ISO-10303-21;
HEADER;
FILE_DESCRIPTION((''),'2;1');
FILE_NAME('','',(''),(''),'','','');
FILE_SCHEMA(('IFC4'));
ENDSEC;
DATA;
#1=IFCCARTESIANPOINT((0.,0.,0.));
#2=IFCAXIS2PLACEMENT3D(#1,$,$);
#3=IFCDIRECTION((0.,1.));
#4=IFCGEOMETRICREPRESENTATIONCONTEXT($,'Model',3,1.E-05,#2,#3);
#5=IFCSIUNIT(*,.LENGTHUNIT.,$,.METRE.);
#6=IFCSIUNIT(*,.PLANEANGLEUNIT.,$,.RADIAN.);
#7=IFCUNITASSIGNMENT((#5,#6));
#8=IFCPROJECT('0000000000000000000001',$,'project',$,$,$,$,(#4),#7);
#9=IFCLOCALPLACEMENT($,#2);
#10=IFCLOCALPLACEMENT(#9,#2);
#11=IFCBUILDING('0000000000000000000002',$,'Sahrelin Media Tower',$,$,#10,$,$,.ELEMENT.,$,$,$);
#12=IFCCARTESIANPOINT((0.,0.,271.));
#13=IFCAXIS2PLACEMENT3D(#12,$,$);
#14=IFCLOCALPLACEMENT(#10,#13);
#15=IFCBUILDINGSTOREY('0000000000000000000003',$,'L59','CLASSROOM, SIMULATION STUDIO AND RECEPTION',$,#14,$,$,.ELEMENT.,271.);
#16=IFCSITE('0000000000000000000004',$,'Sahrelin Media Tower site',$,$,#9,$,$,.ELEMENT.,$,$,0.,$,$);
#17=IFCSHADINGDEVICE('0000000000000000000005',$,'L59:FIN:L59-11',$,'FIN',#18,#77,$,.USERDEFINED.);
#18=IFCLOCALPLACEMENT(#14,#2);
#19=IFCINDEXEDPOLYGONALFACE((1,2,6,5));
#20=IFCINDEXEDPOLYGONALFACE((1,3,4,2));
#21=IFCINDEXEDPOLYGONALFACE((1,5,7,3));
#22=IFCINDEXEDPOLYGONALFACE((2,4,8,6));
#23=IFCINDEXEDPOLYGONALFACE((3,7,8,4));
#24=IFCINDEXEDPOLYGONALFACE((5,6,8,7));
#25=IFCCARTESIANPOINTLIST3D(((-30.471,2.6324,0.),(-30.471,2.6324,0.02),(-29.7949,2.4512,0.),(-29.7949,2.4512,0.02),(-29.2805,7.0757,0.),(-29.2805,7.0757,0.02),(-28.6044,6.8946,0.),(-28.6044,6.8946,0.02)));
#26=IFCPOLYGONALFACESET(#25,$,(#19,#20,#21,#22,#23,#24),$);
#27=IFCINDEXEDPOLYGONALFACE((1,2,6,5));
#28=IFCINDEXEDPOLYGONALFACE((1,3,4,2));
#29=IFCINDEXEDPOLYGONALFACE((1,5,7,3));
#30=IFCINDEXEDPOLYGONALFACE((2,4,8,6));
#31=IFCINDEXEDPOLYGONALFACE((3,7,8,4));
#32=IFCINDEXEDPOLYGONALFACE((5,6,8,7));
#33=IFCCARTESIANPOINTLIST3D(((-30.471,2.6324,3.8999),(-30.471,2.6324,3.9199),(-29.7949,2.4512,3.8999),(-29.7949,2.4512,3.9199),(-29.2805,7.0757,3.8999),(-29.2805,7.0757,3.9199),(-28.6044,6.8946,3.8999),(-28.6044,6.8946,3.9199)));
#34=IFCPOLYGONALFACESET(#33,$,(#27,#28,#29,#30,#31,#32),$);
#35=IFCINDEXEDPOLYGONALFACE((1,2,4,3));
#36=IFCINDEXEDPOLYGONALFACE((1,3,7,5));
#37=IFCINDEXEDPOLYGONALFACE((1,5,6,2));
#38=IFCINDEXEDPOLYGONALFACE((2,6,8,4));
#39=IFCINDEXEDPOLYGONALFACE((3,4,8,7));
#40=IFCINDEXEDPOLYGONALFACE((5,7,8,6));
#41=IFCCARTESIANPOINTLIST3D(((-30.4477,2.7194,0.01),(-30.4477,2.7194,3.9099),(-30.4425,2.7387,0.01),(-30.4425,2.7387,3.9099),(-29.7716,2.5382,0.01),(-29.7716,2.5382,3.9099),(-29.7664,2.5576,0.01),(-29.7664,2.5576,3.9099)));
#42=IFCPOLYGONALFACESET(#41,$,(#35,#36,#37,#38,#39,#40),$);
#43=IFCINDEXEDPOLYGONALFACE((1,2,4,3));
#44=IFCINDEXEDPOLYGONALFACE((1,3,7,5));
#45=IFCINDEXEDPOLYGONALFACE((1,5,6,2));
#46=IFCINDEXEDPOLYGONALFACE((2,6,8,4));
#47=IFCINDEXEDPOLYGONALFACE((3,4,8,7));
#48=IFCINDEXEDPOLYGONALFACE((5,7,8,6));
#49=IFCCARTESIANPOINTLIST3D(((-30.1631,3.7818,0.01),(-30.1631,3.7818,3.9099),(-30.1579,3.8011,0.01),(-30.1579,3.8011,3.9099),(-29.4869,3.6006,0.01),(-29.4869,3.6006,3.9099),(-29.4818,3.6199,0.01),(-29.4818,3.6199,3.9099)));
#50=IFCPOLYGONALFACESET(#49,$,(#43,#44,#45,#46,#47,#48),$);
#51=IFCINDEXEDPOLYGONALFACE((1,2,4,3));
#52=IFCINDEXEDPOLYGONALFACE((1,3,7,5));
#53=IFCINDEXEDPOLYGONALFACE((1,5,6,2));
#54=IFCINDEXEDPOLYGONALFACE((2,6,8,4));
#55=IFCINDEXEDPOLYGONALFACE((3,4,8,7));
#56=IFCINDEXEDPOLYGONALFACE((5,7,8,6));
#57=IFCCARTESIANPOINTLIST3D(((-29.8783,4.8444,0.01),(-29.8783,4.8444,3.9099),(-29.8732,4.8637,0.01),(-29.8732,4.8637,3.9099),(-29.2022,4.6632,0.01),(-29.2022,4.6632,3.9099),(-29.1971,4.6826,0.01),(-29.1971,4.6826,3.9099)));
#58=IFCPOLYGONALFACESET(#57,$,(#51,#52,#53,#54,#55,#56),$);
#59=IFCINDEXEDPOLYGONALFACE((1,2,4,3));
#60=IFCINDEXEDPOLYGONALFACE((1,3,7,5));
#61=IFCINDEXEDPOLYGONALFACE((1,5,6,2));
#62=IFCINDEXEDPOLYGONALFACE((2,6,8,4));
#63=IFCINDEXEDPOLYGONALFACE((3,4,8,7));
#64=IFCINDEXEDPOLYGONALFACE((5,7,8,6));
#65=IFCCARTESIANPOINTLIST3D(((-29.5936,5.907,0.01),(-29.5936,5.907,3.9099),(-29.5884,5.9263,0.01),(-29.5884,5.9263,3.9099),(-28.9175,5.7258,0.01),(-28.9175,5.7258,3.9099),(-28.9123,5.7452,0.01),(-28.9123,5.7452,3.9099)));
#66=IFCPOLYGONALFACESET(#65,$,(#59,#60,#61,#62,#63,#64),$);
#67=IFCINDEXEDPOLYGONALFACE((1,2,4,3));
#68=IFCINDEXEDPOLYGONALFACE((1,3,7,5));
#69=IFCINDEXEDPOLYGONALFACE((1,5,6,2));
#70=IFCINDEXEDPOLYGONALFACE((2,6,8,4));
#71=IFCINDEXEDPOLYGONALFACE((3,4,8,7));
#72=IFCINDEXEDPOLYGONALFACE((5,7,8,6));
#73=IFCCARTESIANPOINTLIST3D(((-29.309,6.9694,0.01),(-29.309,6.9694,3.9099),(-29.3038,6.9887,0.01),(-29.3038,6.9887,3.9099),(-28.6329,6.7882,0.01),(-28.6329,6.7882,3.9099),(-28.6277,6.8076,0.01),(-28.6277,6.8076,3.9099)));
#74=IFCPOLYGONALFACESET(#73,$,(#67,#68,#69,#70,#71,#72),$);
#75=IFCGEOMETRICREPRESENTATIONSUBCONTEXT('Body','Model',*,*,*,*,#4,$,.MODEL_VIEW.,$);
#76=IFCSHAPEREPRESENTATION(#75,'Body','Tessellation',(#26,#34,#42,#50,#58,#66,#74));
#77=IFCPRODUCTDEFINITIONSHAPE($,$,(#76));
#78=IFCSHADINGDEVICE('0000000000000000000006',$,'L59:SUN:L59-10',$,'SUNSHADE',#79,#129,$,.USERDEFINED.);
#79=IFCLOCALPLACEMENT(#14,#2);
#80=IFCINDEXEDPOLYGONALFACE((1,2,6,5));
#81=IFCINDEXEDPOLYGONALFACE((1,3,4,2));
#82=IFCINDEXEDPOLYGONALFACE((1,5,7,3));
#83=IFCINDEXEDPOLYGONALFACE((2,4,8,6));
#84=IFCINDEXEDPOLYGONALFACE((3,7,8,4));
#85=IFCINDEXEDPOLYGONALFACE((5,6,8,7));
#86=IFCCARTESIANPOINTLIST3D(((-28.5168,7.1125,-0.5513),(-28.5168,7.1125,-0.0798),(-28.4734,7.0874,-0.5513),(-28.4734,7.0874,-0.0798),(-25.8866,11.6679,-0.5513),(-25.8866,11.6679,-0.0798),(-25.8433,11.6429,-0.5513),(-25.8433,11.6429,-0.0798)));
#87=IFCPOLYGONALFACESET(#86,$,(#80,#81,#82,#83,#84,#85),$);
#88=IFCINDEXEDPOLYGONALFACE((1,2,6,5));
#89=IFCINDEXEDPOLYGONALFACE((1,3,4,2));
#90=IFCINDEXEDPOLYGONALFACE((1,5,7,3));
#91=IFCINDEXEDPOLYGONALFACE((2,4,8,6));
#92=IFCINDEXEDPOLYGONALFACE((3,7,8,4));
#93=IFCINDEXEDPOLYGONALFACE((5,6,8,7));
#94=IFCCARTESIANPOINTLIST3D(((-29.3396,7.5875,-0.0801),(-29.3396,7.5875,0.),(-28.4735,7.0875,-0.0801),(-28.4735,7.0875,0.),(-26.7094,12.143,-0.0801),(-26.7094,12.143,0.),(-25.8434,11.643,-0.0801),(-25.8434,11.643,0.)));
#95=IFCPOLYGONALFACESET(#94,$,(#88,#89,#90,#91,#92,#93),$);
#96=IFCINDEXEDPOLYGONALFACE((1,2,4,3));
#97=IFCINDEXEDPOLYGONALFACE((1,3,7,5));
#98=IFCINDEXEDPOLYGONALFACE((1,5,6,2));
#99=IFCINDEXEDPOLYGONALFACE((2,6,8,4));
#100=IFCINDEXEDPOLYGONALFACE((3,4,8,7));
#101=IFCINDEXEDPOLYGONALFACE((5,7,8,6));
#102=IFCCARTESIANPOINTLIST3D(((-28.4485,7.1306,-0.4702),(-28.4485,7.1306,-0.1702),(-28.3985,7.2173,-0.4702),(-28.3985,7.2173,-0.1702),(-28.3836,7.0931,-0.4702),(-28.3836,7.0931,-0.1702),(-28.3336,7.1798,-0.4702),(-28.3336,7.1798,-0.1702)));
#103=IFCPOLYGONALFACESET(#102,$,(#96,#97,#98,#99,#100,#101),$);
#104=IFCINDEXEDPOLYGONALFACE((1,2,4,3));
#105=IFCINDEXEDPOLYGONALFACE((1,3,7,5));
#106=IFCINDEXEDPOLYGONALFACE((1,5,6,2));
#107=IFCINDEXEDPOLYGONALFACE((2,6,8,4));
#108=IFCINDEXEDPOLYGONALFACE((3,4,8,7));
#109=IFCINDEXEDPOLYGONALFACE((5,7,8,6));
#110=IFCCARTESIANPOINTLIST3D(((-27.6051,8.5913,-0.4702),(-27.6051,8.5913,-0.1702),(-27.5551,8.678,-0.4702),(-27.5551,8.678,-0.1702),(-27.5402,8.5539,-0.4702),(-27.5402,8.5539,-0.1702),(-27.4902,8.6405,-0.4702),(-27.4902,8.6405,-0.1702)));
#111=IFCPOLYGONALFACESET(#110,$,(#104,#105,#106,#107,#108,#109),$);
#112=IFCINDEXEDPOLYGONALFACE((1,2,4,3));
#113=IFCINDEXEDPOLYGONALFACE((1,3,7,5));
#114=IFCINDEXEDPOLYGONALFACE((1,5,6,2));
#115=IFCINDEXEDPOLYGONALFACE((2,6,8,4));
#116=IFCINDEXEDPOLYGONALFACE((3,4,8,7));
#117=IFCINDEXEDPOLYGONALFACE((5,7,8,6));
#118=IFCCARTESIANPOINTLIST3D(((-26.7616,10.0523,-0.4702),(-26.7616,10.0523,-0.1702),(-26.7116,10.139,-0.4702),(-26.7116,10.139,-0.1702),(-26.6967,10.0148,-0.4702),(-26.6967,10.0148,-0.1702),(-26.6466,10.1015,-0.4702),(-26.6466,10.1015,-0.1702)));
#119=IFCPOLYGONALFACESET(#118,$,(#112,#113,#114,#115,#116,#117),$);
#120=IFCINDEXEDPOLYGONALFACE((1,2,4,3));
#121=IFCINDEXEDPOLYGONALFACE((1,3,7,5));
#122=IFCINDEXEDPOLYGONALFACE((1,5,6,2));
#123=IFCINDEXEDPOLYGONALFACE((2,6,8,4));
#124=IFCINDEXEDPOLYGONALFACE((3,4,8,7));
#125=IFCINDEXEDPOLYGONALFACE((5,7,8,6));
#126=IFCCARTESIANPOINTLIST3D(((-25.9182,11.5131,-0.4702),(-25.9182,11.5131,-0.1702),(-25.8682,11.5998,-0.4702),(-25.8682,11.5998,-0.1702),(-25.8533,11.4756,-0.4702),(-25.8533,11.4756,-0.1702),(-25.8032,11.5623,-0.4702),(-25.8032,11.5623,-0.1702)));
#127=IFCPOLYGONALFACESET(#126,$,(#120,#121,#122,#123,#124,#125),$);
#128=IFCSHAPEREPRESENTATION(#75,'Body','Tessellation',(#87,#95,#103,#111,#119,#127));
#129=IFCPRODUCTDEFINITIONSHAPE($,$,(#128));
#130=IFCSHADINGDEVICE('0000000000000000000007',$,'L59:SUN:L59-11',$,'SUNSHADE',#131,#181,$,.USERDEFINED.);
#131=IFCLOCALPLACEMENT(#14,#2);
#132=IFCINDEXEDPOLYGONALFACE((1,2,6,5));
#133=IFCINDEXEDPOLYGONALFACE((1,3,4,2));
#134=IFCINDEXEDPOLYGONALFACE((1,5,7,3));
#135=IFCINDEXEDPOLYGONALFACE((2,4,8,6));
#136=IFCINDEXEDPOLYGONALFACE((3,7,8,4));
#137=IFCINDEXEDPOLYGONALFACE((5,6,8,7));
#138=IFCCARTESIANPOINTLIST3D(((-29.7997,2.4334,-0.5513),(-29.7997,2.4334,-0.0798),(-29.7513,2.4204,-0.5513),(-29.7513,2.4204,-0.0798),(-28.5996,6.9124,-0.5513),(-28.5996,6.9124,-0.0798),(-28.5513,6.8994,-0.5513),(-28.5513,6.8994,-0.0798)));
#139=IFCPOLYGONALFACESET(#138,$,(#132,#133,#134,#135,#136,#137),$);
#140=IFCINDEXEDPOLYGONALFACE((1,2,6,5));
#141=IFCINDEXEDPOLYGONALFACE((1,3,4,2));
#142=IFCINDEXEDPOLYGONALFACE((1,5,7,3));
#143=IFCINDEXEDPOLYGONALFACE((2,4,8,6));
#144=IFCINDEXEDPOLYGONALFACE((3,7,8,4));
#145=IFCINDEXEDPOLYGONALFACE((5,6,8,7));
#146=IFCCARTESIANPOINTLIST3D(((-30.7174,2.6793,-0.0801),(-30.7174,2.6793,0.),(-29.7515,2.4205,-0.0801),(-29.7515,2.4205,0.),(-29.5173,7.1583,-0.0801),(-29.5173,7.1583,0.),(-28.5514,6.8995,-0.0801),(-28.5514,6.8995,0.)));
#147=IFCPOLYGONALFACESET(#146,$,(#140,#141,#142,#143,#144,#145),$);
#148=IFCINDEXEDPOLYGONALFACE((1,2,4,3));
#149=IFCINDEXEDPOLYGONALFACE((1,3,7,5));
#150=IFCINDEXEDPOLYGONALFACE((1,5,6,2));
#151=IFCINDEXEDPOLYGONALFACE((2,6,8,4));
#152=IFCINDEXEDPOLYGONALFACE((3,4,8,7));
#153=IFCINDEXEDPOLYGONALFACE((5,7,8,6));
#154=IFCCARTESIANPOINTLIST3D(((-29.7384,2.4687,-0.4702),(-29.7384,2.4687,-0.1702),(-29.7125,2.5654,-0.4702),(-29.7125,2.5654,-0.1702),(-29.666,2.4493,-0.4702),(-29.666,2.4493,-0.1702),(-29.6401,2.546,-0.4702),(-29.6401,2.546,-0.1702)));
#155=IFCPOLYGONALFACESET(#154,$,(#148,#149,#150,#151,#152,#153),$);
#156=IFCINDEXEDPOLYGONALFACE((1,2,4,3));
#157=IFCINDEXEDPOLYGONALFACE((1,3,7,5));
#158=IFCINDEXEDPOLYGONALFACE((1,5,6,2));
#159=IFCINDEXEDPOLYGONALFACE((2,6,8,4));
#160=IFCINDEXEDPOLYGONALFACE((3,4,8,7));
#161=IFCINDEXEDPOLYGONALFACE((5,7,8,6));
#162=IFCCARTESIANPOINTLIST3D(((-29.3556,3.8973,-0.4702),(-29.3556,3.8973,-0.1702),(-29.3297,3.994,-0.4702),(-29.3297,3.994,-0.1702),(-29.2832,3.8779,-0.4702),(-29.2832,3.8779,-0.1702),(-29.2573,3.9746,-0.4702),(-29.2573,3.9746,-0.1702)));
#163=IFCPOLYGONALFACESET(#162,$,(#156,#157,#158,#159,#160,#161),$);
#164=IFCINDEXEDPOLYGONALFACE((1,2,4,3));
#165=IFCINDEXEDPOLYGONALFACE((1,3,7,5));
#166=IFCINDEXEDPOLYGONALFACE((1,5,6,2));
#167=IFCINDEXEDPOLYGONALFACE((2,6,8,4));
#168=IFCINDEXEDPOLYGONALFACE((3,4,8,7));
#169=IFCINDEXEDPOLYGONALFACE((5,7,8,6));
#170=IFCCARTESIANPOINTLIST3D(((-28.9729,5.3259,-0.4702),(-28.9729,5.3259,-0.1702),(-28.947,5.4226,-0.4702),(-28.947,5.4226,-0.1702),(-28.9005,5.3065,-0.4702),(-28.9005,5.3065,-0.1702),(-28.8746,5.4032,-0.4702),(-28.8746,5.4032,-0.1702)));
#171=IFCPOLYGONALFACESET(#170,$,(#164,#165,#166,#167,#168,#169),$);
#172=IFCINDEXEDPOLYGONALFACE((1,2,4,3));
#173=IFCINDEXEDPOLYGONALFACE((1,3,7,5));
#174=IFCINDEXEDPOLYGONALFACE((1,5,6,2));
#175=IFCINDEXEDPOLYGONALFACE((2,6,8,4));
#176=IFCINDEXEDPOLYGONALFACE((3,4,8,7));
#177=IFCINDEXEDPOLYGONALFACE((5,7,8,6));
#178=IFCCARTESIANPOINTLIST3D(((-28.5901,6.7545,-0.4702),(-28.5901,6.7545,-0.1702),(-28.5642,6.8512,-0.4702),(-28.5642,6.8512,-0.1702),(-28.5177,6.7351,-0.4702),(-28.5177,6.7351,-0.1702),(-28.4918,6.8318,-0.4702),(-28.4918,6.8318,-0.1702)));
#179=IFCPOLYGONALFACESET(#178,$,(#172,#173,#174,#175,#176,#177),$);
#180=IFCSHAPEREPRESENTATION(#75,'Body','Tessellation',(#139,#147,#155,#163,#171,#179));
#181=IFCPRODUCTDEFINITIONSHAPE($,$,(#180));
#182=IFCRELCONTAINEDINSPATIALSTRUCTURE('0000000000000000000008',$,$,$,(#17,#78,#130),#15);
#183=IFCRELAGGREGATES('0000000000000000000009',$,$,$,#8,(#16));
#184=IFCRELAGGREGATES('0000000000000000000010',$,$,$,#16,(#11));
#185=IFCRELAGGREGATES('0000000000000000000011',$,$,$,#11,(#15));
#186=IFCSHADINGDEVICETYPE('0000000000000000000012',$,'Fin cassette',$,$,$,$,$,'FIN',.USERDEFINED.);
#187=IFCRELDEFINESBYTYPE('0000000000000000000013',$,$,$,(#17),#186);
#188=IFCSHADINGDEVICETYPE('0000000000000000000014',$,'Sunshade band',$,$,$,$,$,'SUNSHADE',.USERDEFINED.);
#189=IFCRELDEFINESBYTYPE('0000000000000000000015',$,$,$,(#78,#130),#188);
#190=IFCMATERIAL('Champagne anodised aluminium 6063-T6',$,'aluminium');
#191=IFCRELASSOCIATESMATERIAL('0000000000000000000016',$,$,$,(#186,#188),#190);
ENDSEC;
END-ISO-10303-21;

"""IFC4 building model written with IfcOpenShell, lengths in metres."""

from ifc_helpers import new_model, si_unit, direction, frame, origin, origin_2d, place, context, subcontext, project, spatial, rectangle, extrude, material, type_object, element, save


model = new_model("IFC4")

# Units and contexts
model_context = context("Model", 3, precision=1e-05, world=origin(), true_north=direction((0.0, 1.0)))
body_context = subcontext(model_context, "Body", "Model", "MODEL_VIEW")
ifc_project = project(units=[si_unit("LENGTHUNIT", "METRE"), si_unit("PLANEANGLEUNIT", "RADIAN")], contexts=[model_context])

# Site, building, storey
site_placement = place(None, origin())
site = spatial("IfcSite", under=ifc_project, at=site_placement, Name="Sahrelin Media Tower site", CompositionType="ELEMENT", RefElevation=0.0)
building_placement = place(site_placement, origin())
building = spatial("IfcBuilding", under=site, at=building_placement, Name="Sahrelin Media Tower", CompositionType="ELEMENT")
storey_placement = place(building_placement, frame((0.0, 0.0, 271.0)))
storey = spatial("IfcBuildingStorey", under=building, at=storey_placement, Name="L59", Description="CLASSROOM, SIMULATION STUDIO AND RECEPTION", CompositionType="ELEMENT", Elevation=271.0)

# Shared definitions
ifc_material_1 = material(Name="Champagne anodised aluminium 6063-T6", Category="aluminium")

# Shading devices
shading_device_type_1 = type_object("IfcShadingDeviceType", Name="Fin cassette", ElementType="FIN", PredefinedType="USERDEFINED", material=ifc_material_1)
placement_1 = place(storey_placement, frame((-27.1411, 9.3552, 0.0), z_axis=(0.0, 0.0, 1.0), x_axis=(0.500011, 0.866019, 0.0)))
placement_2 = place(storey_placement, frame((-29.1321, 4.6548, 0.0), z_axis=(0.0, 0.0, 1.0), x_axis=(0.258808, 0.965929, 0.0)))
element("IfcShadingDevice", 1, at=placement_2, inside=storey, type_object=shading_device_type_1, Name="L59:FIN:L59-11", ObjectType="FIN", PredefinedType="USERDEFINED", context=body_context, shape_type="SweptSolid", body=[
    extrude(rectangle(XDim=4.6001, YDim=0.7, at=origin_2d()), frame((0.0, 0.4199, 0.0)), (0.0, 0.0, 1.0), 0.02),
    extrude(rectangle(XDim=4.6001, YDim=0.7, at=origin_2d()), frame((0.0, 0.4199, 3.8999)), (0.0, 0.0, 1.0), 0.02),
    extrude(rectangle(XDim=0.02, YDim=0.7, at=origin_2d()), frame((-2.2, 0.4199, 0.01), z_axis=(0.0, 0.0, 1.0), x_axis=(1.0, 0.0, 0.0)), (0.0, 0.0, 1.0), 3.8999),
    extrude(rectangle(XDim=0.02, YDim=0.7, at=origin_2d()), frame((-1.1001, 0.4199, 0.01), z_axis=(0.0, 0.0, 1.0), x_axis=(1.0, 0.0, 0.0)), (0.0, 0.0, 1.0), 3.8999),
    extrude(rectangle(XDim=0.02, YDim=0.7, at=origin_2d()), frame((0.0, 0.4199, 0.01), z_axis=(0.0, 0.0, 1.0), x_axis=(1.0, 0.0, 0.0)), (0.0, 0.0, 1.0), 3.8999),
    extrude(rectangle(XDim=0.02, YDim=0.7, at=origin_2d()), frame((1.1001, 0.4199, 0.01), z_axis=(0.0, 0.0, 1.0), x_axis=(1.0, 0.0, 0.0)), (0.0, 0.0, 1.0), 3.8999),
    extrude(rectangle(XDim=0.02, YDim=0.7, at=origin_2d()), frame((2.2, 0.4199, 0.01), z_axis=(0.0, 0.0, 1.0), x_axis=(1.0, 0.0, 0.0)), (0.0, 0.0, 1.0), 3.8999),
])
shading_device_type_2 = type_object("IfcShadingDeviceType", Name="Sunshade band", ElementType="SUNSHADE", PredefinedType="USERDEFINED", material=ifc_material_1)
element("IfcShadingDevice", 2, at=placement_1, inside=storey, type_object=shading_device_type_2, Name="L59:SUN:L59-10", ObjectType="SUNSHADE", PredefinedType="USERDEFINED", context=body_context, shape_type="SweptSolid", body=[
    extrude(rectangle(XDim=5.2603, YDim=0.05, at=origin_2d()), frame((0.0, 0.0449, -0.5513)), (0.0, 0.0, 1.0), 0.4714),
    extrude(rectangle(XDim=5.2603, YDim=1.0, at=origin_2d()), frame((0.0, 0.52, -0.0801)), (0.0, 0.0, 1.0), 0.0801),
    extrude(rectangle(XDim=0.1001, YDim=0.075, at=origin_2d()), frame((-2.5303, -0.0176, -0.4702)), (0.0, 0.0, 1.0), 0.3),
    extrude(rectangle(XDim=0.1001, YDim=0.075, at=origin_2d()), frame((-0.8435, -0.0176, -0.4702)), (0.0, 0.0, 1.0), 0.3),
    extrude(rectangle(XDim=0.1001, YDim=0.075, at=origin_2d()), frame((0.8435, -0.0176, -0.4702)), (0.0, 0.0, 1.0), 0.3),
    extrude(rectangle(XDim=0.1001, YDim=0.075, at=origin_2d()), frame((2.5303, -0.0176, -0.4702)), (0.0, 0.0, 1.0), 0.3),
])
element("IfcShadingDevice", 3, at=placement_2, inside=storey, type_object=shading_device_type_2, Name="L59:SUN:L59-11", ObjectType="SUNSHADE", PredefinedType="USERDEFINED", context=body_context, shape_type="SweptSolid", body=[
    extrude(rectangle(XDim=4.637, YDim=0.05, at=origin_2d()), frame((0.0, 0.0449, -0.5513)), (0.0, 0.0, 1.0), 0.4714),
    extrude(rectangle(XDim=4.637, YDim=1.0, at=origin_2d()), frame((0.0, 0.52, -0.0801)), (0.0, 0.0, 1.0), 0.0801),
    extrude(rectangle(XDim=0.1001, YDim=0.075, at=origin_2d()), frame((-2.2185, -0.0176, -0.4702)), (0.0, 0.0, 1.0), 0.3),
    extrude(rectangle(XDim=0.1001, YDim=0.075, at=origin_2d()), frame((-0.7395, -0.0176, -0.4702)), (0.0, 0.0, 1.0), 0.3),
    extrude(rectangle(XDim=0.1001, YDim=0.075, at=origin_2d()), frame((0.7395, -0.0176, -0.4702)), (0.0, 0.0, 1.0), 0.3),
    extrude(rectangle(XDim=0.1001, YDim=0.075, at=origin_2d()), frame((2.2185, -0.0176, -0.4702)), (0.0, 0.0, 1.0), 0.3),
])

save(model, "model.ifc")
